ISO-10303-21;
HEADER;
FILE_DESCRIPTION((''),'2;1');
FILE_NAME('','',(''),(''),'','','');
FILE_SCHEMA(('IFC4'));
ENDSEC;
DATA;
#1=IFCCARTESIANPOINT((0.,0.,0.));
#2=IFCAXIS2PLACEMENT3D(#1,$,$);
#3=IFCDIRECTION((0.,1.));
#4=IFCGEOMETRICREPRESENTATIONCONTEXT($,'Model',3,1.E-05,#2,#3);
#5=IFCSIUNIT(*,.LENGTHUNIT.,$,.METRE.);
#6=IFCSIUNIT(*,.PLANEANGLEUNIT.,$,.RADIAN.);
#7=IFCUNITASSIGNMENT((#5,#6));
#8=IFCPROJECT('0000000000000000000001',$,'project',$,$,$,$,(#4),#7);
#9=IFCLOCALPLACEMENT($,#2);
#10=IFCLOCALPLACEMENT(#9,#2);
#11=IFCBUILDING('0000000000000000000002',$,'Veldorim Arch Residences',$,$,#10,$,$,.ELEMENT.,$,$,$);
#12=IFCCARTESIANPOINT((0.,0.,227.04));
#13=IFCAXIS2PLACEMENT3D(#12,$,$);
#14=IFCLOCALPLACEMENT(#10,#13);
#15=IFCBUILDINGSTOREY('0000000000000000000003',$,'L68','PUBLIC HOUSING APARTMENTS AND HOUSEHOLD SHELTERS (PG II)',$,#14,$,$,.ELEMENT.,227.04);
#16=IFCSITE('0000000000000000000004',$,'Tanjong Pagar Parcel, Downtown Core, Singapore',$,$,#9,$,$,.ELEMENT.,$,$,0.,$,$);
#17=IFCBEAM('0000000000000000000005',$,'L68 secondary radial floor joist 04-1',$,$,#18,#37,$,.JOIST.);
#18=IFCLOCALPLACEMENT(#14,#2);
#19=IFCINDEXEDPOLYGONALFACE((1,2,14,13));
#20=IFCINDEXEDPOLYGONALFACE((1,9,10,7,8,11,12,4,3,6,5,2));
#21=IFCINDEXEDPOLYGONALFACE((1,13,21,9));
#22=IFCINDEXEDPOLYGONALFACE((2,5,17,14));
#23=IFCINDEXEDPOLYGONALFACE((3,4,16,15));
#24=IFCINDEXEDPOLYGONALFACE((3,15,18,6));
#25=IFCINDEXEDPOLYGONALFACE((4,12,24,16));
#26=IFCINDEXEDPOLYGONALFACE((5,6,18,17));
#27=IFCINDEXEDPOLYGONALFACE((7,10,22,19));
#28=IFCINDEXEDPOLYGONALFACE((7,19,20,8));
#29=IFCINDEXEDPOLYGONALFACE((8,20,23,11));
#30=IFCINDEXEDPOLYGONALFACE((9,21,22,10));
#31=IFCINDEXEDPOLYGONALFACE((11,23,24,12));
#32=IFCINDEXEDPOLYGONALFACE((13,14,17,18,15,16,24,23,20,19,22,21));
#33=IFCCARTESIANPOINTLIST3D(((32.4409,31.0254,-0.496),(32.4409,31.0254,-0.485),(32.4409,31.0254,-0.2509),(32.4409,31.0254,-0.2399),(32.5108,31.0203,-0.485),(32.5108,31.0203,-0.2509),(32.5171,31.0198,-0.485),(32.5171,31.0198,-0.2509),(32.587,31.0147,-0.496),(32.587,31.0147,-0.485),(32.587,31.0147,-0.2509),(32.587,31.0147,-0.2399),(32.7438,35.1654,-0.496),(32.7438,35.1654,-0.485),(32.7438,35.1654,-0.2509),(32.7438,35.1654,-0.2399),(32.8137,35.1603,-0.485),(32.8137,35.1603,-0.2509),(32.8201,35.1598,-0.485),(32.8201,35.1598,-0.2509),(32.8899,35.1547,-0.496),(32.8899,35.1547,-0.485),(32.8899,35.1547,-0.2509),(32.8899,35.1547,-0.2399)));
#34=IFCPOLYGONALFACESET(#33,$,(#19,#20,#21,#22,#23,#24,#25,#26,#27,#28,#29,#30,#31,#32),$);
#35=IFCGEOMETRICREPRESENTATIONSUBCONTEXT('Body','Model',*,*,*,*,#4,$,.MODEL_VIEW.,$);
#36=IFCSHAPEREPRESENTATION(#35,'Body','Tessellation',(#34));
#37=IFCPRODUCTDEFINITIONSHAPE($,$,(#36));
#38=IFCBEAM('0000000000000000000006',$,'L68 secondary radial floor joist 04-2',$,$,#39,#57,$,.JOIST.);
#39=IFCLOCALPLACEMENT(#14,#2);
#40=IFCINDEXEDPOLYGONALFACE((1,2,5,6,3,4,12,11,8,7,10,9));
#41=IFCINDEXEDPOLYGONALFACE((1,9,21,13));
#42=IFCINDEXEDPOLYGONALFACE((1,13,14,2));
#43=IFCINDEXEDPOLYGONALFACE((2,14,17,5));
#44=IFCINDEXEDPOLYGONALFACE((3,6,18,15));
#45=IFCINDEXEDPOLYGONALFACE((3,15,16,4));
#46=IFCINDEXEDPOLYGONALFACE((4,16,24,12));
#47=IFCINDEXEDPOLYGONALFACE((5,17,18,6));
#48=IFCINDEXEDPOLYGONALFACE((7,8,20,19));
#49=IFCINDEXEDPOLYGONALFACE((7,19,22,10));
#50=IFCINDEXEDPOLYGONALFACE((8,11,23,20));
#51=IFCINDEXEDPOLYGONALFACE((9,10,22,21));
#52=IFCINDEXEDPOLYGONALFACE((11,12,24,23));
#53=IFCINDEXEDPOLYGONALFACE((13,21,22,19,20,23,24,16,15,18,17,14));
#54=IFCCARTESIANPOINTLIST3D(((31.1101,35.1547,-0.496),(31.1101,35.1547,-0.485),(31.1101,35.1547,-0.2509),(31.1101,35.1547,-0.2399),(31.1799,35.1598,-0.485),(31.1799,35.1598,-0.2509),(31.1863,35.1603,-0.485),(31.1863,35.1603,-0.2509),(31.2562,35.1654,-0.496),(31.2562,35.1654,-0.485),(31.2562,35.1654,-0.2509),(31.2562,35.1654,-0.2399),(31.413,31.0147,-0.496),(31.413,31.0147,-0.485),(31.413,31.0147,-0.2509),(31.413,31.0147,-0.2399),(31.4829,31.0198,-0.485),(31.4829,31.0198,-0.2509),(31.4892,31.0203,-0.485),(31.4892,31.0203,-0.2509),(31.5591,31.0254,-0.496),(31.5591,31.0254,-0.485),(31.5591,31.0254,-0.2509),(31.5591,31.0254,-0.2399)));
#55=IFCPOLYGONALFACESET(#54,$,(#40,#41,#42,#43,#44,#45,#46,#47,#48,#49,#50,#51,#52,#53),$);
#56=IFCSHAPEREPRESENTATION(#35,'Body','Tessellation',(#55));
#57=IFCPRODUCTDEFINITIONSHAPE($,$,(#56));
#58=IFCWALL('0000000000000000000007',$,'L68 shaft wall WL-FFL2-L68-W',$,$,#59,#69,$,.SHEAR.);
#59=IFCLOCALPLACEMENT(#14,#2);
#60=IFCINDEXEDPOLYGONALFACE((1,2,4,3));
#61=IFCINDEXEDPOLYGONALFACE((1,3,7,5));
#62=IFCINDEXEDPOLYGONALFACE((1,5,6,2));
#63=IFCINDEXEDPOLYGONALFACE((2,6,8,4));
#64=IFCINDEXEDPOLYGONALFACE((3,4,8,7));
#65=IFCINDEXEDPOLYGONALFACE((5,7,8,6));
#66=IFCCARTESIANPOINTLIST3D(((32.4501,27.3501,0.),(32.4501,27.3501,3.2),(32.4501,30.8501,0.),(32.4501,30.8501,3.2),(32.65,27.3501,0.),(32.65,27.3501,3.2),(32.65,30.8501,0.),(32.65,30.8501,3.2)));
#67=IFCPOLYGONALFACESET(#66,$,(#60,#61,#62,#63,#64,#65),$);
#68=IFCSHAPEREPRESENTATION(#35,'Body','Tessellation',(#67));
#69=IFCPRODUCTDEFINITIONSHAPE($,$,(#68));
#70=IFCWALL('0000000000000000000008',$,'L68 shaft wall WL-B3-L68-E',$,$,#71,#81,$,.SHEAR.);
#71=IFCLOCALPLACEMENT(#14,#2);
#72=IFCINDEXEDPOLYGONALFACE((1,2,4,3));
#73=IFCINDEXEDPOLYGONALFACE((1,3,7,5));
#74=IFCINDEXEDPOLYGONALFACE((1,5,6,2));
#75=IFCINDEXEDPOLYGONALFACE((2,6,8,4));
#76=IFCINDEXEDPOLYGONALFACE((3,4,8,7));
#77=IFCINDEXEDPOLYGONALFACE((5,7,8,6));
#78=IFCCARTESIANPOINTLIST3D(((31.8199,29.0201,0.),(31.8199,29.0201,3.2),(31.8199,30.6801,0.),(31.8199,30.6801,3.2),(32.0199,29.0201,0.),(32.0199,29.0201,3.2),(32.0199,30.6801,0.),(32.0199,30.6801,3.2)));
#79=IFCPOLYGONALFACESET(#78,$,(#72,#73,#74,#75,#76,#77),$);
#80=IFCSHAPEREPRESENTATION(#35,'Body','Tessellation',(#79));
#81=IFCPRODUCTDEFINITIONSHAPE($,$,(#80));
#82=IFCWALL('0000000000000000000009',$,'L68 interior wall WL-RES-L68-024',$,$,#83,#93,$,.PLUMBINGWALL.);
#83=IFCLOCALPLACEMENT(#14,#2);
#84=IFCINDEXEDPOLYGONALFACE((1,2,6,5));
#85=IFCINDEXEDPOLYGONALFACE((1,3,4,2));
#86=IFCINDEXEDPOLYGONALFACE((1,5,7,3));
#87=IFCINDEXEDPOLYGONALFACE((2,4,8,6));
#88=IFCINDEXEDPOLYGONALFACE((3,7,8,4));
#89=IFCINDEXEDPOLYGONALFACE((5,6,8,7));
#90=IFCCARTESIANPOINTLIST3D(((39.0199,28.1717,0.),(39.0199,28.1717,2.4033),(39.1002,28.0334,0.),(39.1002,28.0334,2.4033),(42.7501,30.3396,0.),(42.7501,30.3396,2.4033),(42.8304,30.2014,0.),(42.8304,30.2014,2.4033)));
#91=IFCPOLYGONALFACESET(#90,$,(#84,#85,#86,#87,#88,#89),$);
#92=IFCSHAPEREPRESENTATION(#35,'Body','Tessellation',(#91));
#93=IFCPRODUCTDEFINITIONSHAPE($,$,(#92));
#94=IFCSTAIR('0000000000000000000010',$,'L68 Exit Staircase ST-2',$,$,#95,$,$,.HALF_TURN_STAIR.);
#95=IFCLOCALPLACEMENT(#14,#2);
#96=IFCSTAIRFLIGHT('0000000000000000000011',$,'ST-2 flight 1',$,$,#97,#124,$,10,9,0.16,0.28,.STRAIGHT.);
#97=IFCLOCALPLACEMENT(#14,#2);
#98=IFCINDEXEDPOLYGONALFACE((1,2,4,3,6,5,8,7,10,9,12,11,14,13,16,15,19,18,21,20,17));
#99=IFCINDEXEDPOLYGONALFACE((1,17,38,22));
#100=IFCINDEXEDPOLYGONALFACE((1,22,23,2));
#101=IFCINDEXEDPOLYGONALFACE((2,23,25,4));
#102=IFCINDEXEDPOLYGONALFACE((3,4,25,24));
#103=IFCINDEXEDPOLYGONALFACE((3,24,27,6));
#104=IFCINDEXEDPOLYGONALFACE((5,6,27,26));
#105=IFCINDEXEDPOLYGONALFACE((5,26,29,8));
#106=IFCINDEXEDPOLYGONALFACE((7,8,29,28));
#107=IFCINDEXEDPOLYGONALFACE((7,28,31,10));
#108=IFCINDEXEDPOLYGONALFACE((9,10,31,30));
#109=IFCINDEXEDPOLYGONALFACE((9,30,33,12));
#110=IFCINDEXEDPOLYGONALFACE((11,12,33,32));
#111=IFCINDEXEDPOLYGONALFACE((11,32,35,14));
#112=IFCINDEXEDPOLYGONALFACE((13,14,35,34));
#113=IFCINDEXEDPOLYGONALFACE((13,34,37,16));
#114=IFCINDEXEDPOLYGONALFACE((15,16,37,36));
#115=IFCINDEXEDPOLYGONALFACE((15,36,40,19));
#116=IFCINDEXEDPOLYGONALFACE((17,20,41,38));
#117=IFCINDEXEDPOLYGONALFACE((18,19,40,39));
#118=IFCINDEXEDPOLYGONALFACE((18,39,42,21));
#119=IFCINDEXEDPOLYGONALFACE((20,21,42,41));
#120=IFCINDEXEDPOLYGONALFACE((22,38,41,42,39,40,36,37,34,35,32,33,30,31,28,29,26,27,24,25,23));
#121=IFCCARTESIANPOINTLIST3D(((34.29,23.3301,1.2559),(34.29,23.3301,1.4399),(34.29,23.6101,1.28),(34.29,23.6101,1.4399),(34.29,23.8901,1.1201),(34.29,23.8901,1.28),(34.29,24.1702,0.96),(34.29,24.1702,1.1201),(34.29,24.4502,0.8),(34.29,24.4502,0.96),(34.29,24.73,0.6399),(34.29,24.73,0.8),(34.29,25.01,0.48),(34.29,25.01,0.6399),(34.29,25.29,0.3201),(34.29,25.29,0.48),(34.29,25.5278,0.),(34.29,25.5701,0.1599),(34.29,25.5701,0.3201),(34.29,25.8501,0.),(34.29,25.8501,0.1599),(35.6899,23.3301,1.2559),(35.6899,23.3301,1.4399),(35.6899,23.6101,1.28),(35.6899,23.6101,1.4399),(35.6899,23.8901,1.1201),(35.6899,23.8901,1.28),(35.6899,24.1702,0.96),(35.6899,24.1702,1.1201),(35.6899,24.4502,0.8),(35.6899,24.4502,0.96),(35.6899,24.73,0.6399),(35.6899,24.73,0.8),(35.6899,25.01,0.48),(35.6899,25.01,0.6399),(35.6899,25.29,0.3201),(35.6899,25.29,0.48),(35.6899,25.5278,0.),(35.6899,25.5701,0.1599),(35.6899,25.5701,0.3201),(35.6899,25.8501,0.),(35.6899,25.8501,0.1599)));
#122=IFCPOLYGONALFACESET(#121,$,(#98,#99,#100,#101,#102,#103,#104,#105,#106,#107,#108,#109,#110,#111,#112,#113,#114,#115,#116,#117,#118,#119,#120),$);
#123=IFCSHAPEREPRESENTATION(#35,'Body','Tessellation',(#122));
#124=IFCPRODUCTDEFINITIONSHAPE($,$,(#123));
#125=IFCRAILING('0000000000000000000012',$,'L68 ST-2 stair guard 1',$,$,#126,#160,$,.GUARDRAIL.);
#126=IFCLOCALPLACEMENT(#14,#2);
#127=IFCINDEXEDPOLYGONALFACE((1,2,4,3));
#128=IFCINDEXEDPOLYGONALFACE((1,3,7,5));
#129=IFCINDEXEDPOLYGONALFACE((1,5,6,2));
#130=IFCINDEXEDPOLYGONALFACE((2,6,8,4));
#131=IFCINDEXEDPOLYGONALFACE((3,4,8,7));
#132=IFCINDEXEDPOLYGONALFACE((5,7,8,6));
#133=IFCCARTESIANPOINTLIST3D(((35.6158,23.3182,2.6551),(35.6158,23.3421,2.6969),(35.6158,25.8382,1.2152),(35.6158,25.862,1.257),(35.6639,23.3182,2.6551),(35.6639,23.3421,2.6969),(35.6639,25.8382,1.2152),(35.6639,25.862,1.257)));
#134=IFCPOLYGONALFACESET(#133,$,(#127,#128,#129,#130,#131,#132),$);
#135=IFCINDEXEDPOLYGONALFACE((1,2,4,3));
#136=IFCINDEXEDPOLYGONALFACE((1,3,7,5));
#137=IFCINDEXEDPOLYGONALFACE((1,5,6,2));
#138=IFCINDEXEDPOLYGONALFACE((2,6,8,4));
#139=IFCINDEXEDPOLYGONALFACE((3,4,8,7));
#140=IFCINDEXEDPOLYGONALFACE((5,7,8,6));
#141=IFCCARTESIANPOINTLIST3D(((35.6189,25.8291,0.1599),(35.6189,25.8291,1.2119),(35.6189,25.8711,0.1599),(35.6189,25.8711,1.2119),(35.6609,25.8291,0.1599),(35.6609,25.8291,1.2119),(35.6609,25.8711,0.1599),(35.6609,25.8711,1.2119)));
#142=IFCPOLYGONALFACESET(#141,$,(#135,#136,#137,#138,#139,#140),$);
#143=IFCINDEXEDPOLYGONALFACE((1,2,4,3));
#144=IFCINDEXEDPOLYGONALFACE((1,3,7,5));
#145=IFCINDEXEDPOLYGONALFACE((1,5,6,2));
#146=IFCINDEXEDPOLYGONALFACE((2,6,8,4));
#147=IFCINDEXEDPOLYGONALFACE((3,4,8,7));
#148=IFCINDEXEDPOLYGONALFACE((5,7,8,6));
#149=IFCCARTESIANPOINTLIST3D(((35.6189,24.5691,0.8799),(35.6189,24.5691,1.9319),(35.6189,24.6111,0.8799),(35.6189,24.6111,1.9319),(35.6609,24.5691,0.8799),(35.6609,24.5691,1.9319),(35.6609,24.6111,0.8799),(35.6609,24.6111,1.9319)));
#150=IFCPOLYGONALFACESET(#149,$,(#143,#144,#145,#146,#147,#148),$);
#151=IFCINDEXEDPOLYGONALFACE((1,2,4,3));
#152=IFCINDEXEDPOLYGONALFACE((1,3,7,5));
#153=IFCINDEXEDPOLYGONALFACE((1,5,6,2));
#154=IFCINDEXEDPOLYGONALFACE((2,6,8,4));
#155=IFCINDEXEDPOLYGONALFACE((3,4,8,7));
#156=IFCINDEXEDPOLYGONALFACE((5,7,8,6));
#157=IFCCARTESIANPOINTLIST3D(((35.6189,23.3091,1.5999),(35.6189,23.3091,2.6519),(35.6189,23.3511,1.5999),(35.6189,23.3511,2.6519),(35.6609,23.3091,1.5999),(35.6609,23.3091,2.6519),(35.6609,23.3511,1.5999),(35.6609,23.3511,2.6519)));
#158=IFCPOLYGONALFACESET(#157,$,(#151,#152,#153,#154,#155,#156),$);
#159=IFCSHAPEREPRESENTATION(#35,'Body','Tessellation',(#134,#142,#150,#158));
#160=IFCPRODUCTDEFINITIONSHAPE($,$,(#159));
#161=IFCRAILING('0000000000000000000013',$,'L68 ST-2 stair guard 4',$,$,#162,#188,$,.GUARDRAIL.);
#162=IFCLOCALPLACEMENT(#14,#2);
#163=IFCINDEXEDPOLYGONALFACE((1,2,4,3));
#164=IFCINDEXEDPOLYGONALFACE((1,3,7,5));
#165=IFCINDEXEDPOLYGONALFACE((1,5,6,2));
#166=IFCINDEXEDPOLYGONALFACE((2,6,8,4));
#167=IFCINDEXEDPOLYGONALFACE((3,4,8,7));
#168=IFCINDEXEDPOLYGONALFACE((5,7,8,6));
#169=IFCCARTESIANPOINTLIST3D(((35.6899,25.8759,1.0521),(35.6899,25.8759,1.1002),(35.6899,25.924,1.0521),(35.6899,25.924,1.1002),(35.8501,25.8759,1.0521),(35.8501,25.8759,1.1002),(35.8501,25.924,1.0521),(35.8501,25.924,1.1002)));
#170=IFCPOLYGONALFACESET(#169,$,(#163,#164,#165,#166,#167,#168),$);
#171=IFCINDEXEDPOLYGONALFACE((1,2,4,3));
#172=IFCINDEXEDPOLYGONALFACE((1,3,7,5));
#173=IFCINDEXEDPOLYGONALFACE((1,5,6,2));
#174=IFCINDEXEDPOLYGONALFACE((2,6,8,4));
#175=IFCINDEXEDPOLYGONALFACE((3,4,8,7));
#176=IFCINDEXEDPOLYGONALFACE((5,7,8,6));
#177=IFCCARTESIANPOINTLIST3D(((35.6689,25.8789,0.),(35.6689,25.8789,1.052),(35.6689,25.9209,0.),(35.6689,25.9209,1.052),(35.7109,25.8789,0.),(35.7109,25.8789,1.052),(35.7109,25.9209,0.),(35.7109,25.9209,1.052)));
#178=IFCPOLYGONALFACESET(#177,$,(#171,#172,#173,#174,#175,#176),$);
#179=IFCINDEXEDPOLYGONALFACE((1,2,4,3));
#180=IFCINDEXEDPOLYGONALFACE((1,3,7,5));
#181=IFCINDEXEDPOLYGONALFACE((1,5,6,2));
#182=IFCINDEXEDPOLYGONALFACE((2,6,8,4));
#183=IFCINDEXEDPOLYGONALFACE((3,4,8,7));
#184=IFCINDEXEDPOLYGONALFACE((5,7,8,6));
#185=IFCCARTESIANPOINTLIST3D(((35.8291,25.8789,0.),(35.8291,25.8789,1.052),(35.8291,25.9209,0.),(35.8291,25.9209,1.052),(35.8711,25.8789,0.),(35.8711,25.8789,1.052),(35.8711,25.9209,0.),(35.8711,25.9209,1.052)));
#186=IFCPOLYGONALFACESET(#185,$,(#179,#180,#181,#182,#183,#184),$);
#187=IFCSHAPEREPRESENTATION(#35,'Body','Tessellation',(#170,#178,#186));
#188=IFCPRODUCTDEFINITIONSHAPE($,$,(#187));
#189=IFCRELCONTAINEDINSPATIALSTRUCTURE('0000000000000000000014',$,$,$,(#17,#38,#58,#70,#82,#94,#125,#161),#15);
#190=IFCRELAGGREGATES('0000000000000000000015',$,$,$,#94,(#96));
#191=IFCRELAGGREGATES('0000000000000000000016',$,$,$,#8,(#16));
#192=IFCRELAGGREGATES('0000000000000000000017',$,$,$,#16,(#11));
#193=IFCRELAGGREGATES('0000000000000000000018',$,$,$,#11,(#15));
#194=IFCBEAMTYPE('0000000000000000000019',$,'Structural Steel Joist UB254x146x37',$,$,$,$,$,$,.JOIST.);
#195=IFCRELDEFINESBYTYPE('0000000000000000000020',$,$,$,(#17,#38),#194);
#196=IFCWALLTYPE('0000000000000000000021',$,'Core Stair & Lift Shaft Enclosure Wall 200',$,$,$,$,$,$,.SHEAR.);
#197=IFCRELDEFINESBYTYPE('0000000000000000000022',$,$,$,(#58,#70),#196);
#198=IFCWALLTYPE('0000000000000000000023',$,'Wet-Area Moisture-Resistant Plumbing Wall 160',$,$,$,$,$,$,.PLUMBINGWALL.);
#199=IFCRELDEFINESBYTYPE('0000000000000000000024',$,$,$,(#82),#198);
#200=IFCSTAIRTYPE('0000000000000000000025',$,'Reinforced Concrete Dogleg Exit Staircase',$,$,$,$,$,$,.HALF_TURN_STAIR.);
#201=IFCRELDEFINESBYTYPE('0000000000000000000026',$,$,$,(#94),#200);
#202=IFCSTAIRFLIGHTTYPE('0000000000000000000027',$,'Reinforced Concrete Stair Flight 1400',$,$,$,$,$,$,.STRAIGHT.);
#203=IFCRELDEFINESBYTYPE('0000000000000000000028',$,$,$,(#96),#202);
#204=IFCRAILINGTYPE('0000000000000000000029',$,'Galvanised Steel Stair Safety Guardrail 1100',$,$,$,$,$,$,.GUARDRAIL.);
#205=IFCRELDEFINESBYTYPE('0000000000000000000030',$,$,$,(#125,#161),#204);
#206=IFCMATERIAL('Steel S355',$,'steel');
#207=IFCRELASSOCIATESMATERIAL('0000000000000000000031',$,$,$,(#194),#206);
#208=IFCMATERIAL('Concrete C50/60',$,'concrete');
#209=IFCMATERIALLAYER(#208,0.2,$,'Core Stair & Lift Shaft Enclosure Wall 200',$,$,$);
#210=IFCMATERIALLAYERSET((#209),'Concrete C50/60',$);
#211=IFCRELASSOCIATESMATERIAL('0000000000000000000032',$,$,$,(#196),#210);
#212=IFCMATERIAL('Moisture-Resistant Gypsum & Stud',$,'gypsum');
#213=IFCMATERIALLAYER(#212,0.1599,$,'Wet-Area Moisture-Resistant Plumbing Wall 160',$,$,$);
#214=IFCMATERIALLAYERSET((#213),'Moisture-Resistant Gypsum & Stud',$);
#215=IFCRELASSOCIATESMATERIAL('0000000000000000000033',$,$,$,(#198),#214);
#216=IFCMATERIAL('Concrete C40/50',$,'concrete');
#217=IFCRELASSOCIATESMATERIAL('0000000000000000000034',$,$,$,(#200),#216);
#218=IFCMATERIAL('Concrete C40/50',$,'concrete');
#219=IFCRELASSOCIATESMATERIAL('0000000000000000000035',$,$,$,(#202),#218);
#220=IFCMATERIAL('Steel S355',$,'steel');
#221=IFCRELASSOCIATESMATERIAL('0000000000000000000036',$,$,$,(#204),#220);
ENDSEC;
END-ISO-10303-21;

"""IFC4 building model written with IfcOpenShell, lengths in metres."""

from ifc_helpers import new_model, si_unit, direction, frame, frame_2d, origin, origin_2d, place, context, subcontext, project, spatial, polyline, rectangle, i_section, outline, extrude, material, layer, layer_set, material_profile, profile_set, type_object, element, aggregate, save


model = new_model("IFC4")

# Units and contexts
model_context = context("Model", 3, precision=1e-05, world=origin(), true_north=direction((0.0, 1.0)))
body_context = subcontext(model_context, "Body", "Model", "MODEL_VIEW")
ifc_project = project(units=[si_unit("LENGTHUNIT", "METRE"), si_unit("PLANEANGLEUNIT", "RADIAN")], contexts=[model_context])

# Site, building, storey
site_placement = place(None, origin())
site = spatial("IfcSite", under=ifc_project, at=site_placement, Name="Tanjong Pagar Parcel, Downtown Core, Singapore", CompositionType="ELEMENT", RefElevation=0.0)
building_placement = place(site_placement, origin())
building = spatial("IfcBuilding", under=site, at=building_placement, Name="Veldorim Arch Residences", CompositionType="ELEMENT")
storey_placement = place(building_placement, frame((0.0, 0.0, 227.04)))
storey = spatial("IfcBuildingStorey", under=building, at=storey_placement, Name="L68", Description="PUBLIC HOUSING APARTMENTS AND HOUSEHOLD SHELTERS (PG II)", CompositionType="ELEMENT", Elevation=227.04)

# Beams
ifc_material_1 = material(Name="Steel S355", Category="steel")
ifc_material_profile_1 = material_profile(ifc_material_1, i_section(OverallWidth=0.1465, OverallDepth=0.2561, WebThickness=0.0063, FlangeThickness=0.011, at=origin_2d()), Name="UB254x146x37")
ifc_profile_set_1 = profile_set([ifc_material_profile_1], Name="Steel S355")
beam_type_1 = type_object("IfcBeamType", Name="Structural Steel Joist UB254x146x37", PredefinedType="JOIST", material=ifc_profile_set_1)
for number, where, z_axis, x_axis, name in (
    (1, (32.5139, 31.02, -0.3679), (0.072986, 0.997333, 0.0), (-0.997333, 0.072986, 0.0), "L68 secondary radial floor joist 04-1"),
    (2, (31.4861, 31.02, -0.3679), (-0.072986, 0.997333, 0.0), (-0.997333, -0.072986, 0.0), "L68 secondary radial floor joist 04-2"),
):
    element("IfcBeam", number, at=place(storey_placement, frame(where, z_axis=z_axis, x_axis=x_axis)), inside=storey, type_object=beam_type_1, Name=name, PredefinedType="JOIST", context=body_context, shape_type="SweptSolid", body=[
        extrude(i_section(OverallWidth=0.1465, OverallDepth=0.2561, WebThickness=0.0063, FlangeThickness=0.011, at=origin_2d()), origin(), (0.0, 0.0, 1.0), 4.1511),
    ])

# Shared definitions
ifc_material_2 = material(Name="Concrete C50/60", Category="concrete")
ifc_layer_1 = layer(ifc_material_2, 0.2, Name="Core Stair & Lift Shaft Enclosure Wall 200")
ifc_layer_set_1 = layer_set([ifc_layer_1], Name="Concrete C50/60")
wall_type_1 = type_object("IfcWallType", Name="Core Stair & Lift Shaft Enclosure Wall 200", PredefinedType="SHEAR", material=ifc_layer_set_1)

# Wall
wall_1_placement = place(storey_placement, frame((32.55, 27.3501, 0.0), z_axis=(0.0, 0.0, 1.0), x_axis=(0.0, 1.0, 0.0)))
element("IfcWall", 3, at=wall_1_placement, inside=storey, type_object=wall_type_1, Name="L68 shaft wall WL-FFL2-L68-W", PredefinedType="SHEAR", context=body_context, shape_type="SweptSolid", body=[
    extrude(rectangle(XDim=3.5, YDim=0.2, at=frame_2d((1.75, 0.0))), origin(), (0.0, 0.0, 1.0), 3.2),
])

# Walls
wall_2_placement = place(storey_placement, frame((31.9199, 29.02, 0.0), z_axis=(0.0, 0.0, 1.0), x_axis=(0.0, 1.0, 0.0)))
element("IfcWall", 4, at=wall_2_placement, inside=storey, type_object=wall_type_1, Name="L68 shaft wall WL-B3-L68-E", PredefinedType="SHEAR", context=body_context, shape_type="SweptSolid", body=[
    extrude(rectangle(XDim=1.6599, YDim=0.2, at=frame_2d((0.8301, 0.0))), origin(), (0.0, 0.0, 1.0), 3.2),
])
ifc_material_3 = material(Name="Moisture-Resistant Gypsum & Stud", Category="gypsum")
ifc_layer_2 = layer(ifc_material_3, 0.1599, Name="Wet-Area Moisture-Resistant Plumbing Wall 160")
ifc_layer_set_2 = layer_set([ifc_layer_2], Name="Moisture-Resistant Gypsum & Stud")
wall_type_2 = type_object("IfcWallType", Name="Wet-Area Moisture-Resistant Plumbing Wall 160", PredefinedType="PLUMBINGWALL", material=ifc_layer_set_2)
wall_3_placement = place(storey_placement, frame((39.0601, 28.1025, 0.0), z_axis=(0.0, 0.0, 1.0), x_axis=(0.864584, 0.502488, 0.0)))
element("IfcWall", 5, at=wall_3_placement, inside=storey, type_object=wall_type_2, Name="L68 interior wall WL-RES-L68-024", PredefinedType="PLUMBINGWALL", context=body_context, shape_type="SweptSolid", body=[
    extrude(rectangle(XDim=4.3145, YDim=0.1599, at=frame_2d((2.1572, 0.0))), origin(), (0.0, 0.0, 1.0), 2.4033),
])

# Stair, stair flight
ifc_material_4 = material(Name="Concrete C40/50", Category="concrete")
stair_type = type_object("IfcStairType", Name="Reinforced Concrete Dogleg Exit Staircase", PredefinedType="HALF_TURN_STAIR", material=ifc_material_4)
stair_placement = place(storey_placement, origin())
stair = element("IfcStair", 6, at=stair_placement, inside=storey, type_object=stair_type, Name="L68 Exit Staircase ST-2", PredefinedType="HALF_TURN_STAIR")
ifc_material_5 = material(Name="Concrete C40/50", Category="concrete")
stair_flight_type = type_object("IfcStairFlightType", Name="Reinforced Concrete Stair Flight 1400", PredefinedType="STRAIGHT", material=ifc_material_5)
stair_flight_placement = place(storey_placement, frame((34.99, 25.8501, 0.0), z_axis=(0.0, 0.0, 1.0), x_axis=(0.0, -1.0, 0.0)))
stair_flight = element("IfcStairFlight", 7, at=stair_flight_placement, type_object=stair_flight_type, Name="ST-2 flight 1", NumberOfRisers=10, NumberOfTreads=9, PredefinedType="STRAIGHT", RiserHeight=0.16, TreadLength=0.28, context=body_context, shape_type="SweptSolid", body=[
    extrude(outline(polyline([(0.0, 0.0), (0.0, 0.1599), (0.28, 0.1599), (0.28, 0.3201), (0.5601, 0.3201), (0.5601, 0.48), (0.8401, 0.48), (0.8401, 0.6399), (1.1201, 0.6399), (1.1201, 0.8), (1.3999, 0.8), (1.3999, 0.96), (1.6799, 0.96), (1.6799, 1.1201), (1.96, 1.1201), (1.96, 1.28), (2.24, 1.28), (2.24, 1.4399), (2.52, 1.4399), (2.52, 1.6001), (2.52, 1.2559), (0.3223, 0.0), (0.0, 0.0)])), frame((0.0, 0.7, 0.0), z_axis=(0.0, -1.0, 0.0), x_axis=(1.0, 0.0, 0.0)), (0.0, 0.0, 1.0), 1.3999),
])
aggregate(stair, [stair_flight])

# Railings
ifc_material_6 = material(Name="Steel S355", Category="steel")
railing_type = type_object("IfcRailingType", Name="Galvanised Steel Stair Safety Guardrail 1100", PredefinedType="GUARDRAIL", material=ifc_material_6)
railing_1_placement = place(storey_placement, frame((35.6399, 25.8501, 0.1599)))
element("IfcRailing", 8, at=railing_1_placement, inside=storey, type_object=railing_type, Name="L68 ST-2 stair guard 1", PredefinedType="GUARDRAIL", context=body_context, shape_type="SweptSolid", body=[
    extrude(rectangle(XDim=0.0481, YDim=0.0481, at=origin_2d()), frame((0.0, 0.0, 1.0762), z_axis=(0.0, -0.868253, 0.496121), x_axis=(1.0, 0.0, 0.0)), (0.0, 0.0, 1.0), 2.9023),
    extrude(rectangle(XDim=0.042, YDim=0.042, at=origin_2d()), origin(), (0.0, 0.0, 1.0), 1.052),
    extrude(rectangle(XDim=0.042, YDim=0.042, at=origin_2d()), frame((0.0, -1.26, 0.72)), (0.0, 0.0, 1.0), 1.052),
    extrude(rectangle(XDim=0.042, YDim=0.042, at=origin_2d()), frame((0.0, -2.52, 1.4399)), (0.0, 0.0, 1.0), 1.052),
])
railing_2_placement = place(storey_placement, frame((35.6899, 25.8999, 0.0)))
element("IfcRailing", 9, at=railing_2_placement, inside=storey, type_object=railing_type, Name="L68 ST-2 stair guard 4", PredefinedType="GUARDRAIL", context=body_context, shape_type="SweptSolid", body=[
    extrude(rectangle(XDim=0.0481, YDim=0.0481, at=origin_2d()), frame((0.0, 0.0, 1.0762), z_axis=(1.0, 0.0, 0.0), x_axis=(0.0, 1.0, 0.0)), (0.0, 0.0, 1.0), 0.1602),
    extrude(rectangle(XDim=0.042, YDim=0.042, at=origin_2d()), origin(), (0.0, 0.0, 1.0), 1.052),
    extrude(rectangle(XDim=0.042, YDim=0.042, at=origin_2d()), frame((0.1602, 0.0, 0.0)), (0.0, 0.0, 1.0), 1.052),
])

save(model, "model.ifc")
